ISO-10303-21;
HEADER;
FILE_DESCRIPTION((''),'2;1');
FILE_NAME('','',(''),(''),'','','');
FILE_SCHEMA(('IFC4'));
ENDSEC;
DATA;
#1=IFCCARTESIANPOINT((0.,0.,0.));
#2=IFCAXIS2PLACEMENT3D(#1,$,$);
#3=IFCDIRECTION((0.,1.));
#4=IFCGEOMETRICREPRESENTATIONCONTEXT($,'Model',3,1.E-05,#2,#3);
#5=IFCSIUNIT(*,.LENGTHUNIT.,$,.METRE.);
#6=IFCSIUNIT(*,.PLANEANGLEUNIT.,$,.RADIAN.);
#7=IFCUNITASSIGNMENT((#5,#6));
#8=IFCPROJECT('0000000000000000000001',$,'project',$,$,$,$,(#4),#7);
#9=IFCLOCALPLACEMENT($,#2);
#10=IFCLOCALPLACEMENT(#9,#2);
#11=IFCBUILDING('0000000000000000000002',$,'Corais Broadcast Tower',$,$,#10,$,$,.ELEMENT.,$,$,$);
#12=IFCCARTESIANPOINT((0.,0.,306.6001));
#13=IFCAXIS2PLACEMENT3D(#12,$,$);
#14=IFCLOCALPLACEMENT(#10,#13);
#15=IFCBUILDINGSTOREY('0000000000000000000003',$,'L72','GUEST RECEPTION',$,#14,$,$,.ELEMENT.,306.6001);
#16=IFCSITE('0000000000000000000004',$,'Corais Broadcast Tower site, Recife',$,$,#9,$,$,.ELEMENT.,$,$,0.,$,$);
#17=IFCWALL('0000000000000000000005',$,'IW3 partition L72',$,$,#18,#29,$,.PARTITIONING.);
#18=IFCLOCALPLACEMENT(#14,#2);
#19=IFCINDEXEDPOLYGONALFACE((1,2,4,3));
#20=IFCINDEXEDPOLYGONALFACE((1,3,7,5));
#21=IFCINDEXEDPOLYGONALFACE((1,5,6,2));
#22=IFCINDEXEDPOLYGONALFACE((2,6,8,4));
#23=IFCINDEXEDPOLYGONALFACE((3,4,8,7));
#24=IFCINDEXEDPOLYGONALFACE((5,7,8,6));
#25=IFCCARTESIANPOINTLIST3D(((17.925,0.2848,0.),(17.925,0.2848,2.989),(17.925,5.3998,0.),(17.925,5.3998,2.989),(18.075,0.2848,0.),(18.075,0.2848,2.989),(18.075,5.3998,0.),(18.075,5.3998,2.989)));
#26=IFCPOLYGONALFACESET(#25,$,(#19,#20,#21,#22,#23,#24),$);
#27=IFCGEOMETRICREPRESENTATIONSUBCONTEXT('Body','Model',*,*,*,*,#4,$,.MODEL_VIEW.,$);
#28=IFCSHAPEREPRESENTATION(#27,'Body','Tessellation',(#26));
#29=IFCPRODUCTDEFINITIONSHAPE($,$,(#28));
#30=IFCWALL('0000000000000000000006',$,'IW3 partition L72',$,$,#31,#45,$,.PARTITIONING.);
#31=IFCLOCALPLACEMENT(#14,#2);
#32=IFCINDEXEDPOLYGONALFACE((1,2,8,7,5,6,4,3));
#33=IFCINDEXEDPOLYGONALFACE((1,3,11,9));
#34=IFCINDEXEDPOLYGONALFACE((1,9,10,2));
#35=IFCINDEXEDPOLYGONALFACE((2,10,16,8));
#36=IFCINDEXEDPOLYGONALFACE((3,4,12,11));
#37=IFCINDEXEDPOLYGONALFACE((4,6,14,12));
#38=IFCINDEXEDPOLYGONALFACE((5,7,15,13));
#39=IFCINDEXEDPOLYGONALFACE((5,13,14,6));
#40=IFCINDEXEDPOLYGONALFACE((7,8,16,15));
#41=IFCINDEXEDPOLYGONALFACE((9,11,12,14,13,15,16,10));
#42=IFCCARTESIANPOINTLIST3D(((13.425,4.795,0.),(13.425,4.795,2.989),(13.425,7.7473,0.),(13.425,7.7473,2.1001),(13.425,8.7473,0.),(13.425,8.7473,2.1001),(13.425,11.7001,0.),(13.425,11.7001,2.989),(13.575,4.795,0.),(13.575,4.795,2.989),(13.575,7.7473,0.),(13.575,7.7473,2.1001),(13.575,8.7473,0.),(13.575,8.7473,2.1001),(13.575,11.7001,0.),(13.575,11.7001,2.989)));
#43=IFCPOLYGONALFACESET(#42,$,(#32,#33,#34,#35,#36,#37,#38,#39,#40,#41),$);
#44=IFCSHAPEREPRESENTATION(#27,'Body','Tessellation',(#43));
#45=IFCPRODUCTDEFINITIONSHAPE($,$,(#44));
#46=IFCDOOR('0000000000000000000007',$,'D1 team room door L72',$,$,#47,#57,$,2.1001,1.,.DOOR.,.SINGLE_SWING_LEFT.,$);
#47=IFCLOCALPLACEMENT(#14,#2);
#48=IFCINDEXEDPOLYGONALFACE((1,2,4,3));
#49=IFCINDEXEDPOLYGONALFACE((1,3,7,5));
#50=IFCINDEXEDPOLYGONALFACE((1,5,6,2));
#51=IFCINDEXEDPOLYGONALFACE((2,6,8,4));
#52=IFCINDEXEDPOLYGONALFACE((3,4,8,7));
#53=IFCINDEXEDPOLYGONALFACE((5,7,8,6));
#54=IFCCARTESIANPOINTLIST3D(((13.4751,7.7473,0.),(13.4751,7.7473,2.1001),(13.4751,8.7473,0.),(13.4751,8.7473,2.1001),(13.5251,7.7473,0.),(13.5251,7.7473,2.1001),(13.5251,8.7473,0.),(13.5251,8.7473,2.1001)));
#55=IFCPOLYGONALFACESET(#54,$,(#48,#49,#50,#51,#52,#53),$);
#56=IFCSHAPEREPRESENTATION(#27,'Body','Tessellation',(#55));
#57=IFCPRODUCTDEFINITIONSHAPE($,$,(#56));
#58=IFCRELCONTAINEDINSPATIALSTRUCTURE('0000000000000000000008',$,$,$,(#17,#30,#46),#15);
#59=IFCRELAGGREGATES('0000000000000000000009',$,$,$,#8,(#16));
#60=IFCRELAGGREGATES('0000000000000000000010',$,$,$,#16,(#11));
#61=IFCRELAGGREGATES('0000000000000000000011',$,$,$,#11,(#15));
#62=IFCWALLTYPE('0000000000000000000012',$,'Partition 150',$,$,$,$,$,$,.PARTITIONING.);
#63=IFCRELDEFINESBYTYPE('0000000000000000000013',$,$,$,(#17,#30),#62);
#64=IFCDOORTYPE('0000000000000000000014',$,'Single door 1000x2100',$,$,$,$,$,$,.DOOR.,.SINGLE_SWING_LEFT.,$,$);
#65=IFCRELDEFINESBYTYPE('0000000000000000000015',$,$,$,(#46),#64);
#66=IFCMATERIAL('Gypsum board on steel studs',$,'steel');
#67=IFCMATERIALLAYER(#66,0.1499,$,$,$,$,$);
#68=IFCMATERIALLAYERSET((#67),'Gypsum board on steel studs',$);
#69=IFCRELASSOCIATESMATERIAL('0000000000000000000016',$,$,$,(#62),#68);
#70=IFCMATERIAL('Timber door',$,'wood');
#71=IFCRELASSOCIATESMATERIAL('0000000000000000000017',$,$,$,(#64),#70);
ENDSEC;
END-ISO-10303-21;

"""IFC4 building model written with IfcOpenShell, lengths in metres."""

from ifc_helpers import new_model, si_unit, direction, frame, frame_2d, origin, place, context, subcontext, project, spatial, rectangle, extrude, material, layer, layer_set, type_object, element, fill, save


model = new_model("IFC4")

# Units and contexts
model_context = context("Model", 3, precision=1e-05, world=origin(), true_north=direction((0.0, 1.0)))
body_context = subcontext(model_context, "Body", "Model", "MODEL_VIEW")
ifc_project = project(units=[si_unit("LENGTHUNIT", "METRE"), si_unit("PLANEANGLEUNIT", "RADIAN")], contexts=[model_context])

# Site, building, storey
site_placement = place(None, origin())
site = spatial("IfcSite", under=ifc_project, at=site_placement, Name="Corais Broadcast Tower site, Recife", CompositionType="ELEMENT", RefElevation=0.0)
building_placement = place(site_placement, origin())
building = spatial("IfcBuilding", under=site, at=building_placement, Name="Corais Broadcast Tower", CompositionType="ELEMENT")
storey_placement = place(building_placement, frame((0.0, 0.0, 306.6001)))
storey = spatial("IfcBuildingStorey", under=building, at=storey_placement, Name="L72", Description="GUEST RECEPTION", CompositionType="ELEMENT", Elevation=306.6001)

# Wall
ifc_material_1 = material(Name="Gypsum board on steel studs", Category="steel")
ifc_layer_1 = layer(ifc_material_1, 0.1499)
ifc_layer_set_1 = layer_set([ifc_layer_1], Name="Gypsum board on steel studs")
wall_type = type_object("IfcWallType", Name="Partition 150", PredefinedType="PARTITIONING", material=ifc_layer_set_1)
wall_1_placement = place(storey_placement, frame((18.0, 5.3999, 0.0), z_axis=(0.0, 0.0, 1.0), x_axis=(0.0, -1.0, 0.0)))
element("IfcWall", 1, at=wall_1_placement, inside=storey, type_object=wall_type, Name="IW3 partition L72", PredefinedType="PARTITIONING", context=body_context, shape_type="SweptSolid", body=[
    extrude(rectangle(XDim=5.115, YDim=0.1499, at=frame_2d((2.5576, 0.0))), origin(), (0.0, 0.0, 1.0), 2.989),
])

# Wall, opening, door
wall_2_placement = place(storey_placement, frame((13.5, 4.7949, 0.0), z_axis=(0.0, 0.0, 1.0), x_axis=(0.0, 1.0, 0.0)))
wall_2 = element("IfcWall", 2, at=wall_2_placement, inside=storey, type_object=wall_type, Name="IW3 partition L72", PredefinedType="PARTITIONING", context=body_context, shape_type="SweptSolid", body=[
    extrude(rectangle(XDim=6.905, YDim=0.1499, at=frame_2d((3.4526, 0.0))), origin(), (0.0, 0.0, 1.0), 2.989),
])
opening_placement = place(wall_2_placement, frame((2.9524, 0.0, 0.0)))
opening = element("IfcOpeningElement", 3, at=opening_placement, cuts=wall_2, PredefinedType="OPENING", context=body_context, shape_type="SweptSolid", body=[
    extrude(rectangle(XDim=1.0, YDim=2.1001, at=frame_2d((0.5, 1.05))), frame((0.0, 0.085, 0.0), z_axis=(0.0, -1.0, 0.0), x_axis=(1.0, 0.0, 0.0)), (0.0, 0.0, 1.0), 0.1699),
])
ifc_material_2 = material(Name="Timber door", Category="wood")
door_type = type_object("IfcDoorType", Name="Single door 1000x2100", OperationType="SINGLE_SWING_LEFT", PredefinedType="DOOR", material=ifc_material_2)
door_placement = place(opening_placement, origin())
door = element("IfcDoor", 4, at=door_placement, inside=storey, type_object=door_type, Name="D1 team room door L72", OperationType="SINGLE_SWING_LEFT", OverallHeight=2.1001, OverallWidth=1.0, PredefinedType="DOOR", context=body_context, shape_type="SweptSolid", body=[
    extrude(rectangle(XDim=1.0, YDim=2.1001, at=frame_2d((0.5, 1.05))), frame((0.0, 0.0249, 0.0), z_axis=(0.0, -1.0, 0.0), x_axis=(1.0, 0.0, 0.0)), (0.0, 0.0, 1.0), 0.05),
])
fill(opening, door)

save(model, "model.ifc")
